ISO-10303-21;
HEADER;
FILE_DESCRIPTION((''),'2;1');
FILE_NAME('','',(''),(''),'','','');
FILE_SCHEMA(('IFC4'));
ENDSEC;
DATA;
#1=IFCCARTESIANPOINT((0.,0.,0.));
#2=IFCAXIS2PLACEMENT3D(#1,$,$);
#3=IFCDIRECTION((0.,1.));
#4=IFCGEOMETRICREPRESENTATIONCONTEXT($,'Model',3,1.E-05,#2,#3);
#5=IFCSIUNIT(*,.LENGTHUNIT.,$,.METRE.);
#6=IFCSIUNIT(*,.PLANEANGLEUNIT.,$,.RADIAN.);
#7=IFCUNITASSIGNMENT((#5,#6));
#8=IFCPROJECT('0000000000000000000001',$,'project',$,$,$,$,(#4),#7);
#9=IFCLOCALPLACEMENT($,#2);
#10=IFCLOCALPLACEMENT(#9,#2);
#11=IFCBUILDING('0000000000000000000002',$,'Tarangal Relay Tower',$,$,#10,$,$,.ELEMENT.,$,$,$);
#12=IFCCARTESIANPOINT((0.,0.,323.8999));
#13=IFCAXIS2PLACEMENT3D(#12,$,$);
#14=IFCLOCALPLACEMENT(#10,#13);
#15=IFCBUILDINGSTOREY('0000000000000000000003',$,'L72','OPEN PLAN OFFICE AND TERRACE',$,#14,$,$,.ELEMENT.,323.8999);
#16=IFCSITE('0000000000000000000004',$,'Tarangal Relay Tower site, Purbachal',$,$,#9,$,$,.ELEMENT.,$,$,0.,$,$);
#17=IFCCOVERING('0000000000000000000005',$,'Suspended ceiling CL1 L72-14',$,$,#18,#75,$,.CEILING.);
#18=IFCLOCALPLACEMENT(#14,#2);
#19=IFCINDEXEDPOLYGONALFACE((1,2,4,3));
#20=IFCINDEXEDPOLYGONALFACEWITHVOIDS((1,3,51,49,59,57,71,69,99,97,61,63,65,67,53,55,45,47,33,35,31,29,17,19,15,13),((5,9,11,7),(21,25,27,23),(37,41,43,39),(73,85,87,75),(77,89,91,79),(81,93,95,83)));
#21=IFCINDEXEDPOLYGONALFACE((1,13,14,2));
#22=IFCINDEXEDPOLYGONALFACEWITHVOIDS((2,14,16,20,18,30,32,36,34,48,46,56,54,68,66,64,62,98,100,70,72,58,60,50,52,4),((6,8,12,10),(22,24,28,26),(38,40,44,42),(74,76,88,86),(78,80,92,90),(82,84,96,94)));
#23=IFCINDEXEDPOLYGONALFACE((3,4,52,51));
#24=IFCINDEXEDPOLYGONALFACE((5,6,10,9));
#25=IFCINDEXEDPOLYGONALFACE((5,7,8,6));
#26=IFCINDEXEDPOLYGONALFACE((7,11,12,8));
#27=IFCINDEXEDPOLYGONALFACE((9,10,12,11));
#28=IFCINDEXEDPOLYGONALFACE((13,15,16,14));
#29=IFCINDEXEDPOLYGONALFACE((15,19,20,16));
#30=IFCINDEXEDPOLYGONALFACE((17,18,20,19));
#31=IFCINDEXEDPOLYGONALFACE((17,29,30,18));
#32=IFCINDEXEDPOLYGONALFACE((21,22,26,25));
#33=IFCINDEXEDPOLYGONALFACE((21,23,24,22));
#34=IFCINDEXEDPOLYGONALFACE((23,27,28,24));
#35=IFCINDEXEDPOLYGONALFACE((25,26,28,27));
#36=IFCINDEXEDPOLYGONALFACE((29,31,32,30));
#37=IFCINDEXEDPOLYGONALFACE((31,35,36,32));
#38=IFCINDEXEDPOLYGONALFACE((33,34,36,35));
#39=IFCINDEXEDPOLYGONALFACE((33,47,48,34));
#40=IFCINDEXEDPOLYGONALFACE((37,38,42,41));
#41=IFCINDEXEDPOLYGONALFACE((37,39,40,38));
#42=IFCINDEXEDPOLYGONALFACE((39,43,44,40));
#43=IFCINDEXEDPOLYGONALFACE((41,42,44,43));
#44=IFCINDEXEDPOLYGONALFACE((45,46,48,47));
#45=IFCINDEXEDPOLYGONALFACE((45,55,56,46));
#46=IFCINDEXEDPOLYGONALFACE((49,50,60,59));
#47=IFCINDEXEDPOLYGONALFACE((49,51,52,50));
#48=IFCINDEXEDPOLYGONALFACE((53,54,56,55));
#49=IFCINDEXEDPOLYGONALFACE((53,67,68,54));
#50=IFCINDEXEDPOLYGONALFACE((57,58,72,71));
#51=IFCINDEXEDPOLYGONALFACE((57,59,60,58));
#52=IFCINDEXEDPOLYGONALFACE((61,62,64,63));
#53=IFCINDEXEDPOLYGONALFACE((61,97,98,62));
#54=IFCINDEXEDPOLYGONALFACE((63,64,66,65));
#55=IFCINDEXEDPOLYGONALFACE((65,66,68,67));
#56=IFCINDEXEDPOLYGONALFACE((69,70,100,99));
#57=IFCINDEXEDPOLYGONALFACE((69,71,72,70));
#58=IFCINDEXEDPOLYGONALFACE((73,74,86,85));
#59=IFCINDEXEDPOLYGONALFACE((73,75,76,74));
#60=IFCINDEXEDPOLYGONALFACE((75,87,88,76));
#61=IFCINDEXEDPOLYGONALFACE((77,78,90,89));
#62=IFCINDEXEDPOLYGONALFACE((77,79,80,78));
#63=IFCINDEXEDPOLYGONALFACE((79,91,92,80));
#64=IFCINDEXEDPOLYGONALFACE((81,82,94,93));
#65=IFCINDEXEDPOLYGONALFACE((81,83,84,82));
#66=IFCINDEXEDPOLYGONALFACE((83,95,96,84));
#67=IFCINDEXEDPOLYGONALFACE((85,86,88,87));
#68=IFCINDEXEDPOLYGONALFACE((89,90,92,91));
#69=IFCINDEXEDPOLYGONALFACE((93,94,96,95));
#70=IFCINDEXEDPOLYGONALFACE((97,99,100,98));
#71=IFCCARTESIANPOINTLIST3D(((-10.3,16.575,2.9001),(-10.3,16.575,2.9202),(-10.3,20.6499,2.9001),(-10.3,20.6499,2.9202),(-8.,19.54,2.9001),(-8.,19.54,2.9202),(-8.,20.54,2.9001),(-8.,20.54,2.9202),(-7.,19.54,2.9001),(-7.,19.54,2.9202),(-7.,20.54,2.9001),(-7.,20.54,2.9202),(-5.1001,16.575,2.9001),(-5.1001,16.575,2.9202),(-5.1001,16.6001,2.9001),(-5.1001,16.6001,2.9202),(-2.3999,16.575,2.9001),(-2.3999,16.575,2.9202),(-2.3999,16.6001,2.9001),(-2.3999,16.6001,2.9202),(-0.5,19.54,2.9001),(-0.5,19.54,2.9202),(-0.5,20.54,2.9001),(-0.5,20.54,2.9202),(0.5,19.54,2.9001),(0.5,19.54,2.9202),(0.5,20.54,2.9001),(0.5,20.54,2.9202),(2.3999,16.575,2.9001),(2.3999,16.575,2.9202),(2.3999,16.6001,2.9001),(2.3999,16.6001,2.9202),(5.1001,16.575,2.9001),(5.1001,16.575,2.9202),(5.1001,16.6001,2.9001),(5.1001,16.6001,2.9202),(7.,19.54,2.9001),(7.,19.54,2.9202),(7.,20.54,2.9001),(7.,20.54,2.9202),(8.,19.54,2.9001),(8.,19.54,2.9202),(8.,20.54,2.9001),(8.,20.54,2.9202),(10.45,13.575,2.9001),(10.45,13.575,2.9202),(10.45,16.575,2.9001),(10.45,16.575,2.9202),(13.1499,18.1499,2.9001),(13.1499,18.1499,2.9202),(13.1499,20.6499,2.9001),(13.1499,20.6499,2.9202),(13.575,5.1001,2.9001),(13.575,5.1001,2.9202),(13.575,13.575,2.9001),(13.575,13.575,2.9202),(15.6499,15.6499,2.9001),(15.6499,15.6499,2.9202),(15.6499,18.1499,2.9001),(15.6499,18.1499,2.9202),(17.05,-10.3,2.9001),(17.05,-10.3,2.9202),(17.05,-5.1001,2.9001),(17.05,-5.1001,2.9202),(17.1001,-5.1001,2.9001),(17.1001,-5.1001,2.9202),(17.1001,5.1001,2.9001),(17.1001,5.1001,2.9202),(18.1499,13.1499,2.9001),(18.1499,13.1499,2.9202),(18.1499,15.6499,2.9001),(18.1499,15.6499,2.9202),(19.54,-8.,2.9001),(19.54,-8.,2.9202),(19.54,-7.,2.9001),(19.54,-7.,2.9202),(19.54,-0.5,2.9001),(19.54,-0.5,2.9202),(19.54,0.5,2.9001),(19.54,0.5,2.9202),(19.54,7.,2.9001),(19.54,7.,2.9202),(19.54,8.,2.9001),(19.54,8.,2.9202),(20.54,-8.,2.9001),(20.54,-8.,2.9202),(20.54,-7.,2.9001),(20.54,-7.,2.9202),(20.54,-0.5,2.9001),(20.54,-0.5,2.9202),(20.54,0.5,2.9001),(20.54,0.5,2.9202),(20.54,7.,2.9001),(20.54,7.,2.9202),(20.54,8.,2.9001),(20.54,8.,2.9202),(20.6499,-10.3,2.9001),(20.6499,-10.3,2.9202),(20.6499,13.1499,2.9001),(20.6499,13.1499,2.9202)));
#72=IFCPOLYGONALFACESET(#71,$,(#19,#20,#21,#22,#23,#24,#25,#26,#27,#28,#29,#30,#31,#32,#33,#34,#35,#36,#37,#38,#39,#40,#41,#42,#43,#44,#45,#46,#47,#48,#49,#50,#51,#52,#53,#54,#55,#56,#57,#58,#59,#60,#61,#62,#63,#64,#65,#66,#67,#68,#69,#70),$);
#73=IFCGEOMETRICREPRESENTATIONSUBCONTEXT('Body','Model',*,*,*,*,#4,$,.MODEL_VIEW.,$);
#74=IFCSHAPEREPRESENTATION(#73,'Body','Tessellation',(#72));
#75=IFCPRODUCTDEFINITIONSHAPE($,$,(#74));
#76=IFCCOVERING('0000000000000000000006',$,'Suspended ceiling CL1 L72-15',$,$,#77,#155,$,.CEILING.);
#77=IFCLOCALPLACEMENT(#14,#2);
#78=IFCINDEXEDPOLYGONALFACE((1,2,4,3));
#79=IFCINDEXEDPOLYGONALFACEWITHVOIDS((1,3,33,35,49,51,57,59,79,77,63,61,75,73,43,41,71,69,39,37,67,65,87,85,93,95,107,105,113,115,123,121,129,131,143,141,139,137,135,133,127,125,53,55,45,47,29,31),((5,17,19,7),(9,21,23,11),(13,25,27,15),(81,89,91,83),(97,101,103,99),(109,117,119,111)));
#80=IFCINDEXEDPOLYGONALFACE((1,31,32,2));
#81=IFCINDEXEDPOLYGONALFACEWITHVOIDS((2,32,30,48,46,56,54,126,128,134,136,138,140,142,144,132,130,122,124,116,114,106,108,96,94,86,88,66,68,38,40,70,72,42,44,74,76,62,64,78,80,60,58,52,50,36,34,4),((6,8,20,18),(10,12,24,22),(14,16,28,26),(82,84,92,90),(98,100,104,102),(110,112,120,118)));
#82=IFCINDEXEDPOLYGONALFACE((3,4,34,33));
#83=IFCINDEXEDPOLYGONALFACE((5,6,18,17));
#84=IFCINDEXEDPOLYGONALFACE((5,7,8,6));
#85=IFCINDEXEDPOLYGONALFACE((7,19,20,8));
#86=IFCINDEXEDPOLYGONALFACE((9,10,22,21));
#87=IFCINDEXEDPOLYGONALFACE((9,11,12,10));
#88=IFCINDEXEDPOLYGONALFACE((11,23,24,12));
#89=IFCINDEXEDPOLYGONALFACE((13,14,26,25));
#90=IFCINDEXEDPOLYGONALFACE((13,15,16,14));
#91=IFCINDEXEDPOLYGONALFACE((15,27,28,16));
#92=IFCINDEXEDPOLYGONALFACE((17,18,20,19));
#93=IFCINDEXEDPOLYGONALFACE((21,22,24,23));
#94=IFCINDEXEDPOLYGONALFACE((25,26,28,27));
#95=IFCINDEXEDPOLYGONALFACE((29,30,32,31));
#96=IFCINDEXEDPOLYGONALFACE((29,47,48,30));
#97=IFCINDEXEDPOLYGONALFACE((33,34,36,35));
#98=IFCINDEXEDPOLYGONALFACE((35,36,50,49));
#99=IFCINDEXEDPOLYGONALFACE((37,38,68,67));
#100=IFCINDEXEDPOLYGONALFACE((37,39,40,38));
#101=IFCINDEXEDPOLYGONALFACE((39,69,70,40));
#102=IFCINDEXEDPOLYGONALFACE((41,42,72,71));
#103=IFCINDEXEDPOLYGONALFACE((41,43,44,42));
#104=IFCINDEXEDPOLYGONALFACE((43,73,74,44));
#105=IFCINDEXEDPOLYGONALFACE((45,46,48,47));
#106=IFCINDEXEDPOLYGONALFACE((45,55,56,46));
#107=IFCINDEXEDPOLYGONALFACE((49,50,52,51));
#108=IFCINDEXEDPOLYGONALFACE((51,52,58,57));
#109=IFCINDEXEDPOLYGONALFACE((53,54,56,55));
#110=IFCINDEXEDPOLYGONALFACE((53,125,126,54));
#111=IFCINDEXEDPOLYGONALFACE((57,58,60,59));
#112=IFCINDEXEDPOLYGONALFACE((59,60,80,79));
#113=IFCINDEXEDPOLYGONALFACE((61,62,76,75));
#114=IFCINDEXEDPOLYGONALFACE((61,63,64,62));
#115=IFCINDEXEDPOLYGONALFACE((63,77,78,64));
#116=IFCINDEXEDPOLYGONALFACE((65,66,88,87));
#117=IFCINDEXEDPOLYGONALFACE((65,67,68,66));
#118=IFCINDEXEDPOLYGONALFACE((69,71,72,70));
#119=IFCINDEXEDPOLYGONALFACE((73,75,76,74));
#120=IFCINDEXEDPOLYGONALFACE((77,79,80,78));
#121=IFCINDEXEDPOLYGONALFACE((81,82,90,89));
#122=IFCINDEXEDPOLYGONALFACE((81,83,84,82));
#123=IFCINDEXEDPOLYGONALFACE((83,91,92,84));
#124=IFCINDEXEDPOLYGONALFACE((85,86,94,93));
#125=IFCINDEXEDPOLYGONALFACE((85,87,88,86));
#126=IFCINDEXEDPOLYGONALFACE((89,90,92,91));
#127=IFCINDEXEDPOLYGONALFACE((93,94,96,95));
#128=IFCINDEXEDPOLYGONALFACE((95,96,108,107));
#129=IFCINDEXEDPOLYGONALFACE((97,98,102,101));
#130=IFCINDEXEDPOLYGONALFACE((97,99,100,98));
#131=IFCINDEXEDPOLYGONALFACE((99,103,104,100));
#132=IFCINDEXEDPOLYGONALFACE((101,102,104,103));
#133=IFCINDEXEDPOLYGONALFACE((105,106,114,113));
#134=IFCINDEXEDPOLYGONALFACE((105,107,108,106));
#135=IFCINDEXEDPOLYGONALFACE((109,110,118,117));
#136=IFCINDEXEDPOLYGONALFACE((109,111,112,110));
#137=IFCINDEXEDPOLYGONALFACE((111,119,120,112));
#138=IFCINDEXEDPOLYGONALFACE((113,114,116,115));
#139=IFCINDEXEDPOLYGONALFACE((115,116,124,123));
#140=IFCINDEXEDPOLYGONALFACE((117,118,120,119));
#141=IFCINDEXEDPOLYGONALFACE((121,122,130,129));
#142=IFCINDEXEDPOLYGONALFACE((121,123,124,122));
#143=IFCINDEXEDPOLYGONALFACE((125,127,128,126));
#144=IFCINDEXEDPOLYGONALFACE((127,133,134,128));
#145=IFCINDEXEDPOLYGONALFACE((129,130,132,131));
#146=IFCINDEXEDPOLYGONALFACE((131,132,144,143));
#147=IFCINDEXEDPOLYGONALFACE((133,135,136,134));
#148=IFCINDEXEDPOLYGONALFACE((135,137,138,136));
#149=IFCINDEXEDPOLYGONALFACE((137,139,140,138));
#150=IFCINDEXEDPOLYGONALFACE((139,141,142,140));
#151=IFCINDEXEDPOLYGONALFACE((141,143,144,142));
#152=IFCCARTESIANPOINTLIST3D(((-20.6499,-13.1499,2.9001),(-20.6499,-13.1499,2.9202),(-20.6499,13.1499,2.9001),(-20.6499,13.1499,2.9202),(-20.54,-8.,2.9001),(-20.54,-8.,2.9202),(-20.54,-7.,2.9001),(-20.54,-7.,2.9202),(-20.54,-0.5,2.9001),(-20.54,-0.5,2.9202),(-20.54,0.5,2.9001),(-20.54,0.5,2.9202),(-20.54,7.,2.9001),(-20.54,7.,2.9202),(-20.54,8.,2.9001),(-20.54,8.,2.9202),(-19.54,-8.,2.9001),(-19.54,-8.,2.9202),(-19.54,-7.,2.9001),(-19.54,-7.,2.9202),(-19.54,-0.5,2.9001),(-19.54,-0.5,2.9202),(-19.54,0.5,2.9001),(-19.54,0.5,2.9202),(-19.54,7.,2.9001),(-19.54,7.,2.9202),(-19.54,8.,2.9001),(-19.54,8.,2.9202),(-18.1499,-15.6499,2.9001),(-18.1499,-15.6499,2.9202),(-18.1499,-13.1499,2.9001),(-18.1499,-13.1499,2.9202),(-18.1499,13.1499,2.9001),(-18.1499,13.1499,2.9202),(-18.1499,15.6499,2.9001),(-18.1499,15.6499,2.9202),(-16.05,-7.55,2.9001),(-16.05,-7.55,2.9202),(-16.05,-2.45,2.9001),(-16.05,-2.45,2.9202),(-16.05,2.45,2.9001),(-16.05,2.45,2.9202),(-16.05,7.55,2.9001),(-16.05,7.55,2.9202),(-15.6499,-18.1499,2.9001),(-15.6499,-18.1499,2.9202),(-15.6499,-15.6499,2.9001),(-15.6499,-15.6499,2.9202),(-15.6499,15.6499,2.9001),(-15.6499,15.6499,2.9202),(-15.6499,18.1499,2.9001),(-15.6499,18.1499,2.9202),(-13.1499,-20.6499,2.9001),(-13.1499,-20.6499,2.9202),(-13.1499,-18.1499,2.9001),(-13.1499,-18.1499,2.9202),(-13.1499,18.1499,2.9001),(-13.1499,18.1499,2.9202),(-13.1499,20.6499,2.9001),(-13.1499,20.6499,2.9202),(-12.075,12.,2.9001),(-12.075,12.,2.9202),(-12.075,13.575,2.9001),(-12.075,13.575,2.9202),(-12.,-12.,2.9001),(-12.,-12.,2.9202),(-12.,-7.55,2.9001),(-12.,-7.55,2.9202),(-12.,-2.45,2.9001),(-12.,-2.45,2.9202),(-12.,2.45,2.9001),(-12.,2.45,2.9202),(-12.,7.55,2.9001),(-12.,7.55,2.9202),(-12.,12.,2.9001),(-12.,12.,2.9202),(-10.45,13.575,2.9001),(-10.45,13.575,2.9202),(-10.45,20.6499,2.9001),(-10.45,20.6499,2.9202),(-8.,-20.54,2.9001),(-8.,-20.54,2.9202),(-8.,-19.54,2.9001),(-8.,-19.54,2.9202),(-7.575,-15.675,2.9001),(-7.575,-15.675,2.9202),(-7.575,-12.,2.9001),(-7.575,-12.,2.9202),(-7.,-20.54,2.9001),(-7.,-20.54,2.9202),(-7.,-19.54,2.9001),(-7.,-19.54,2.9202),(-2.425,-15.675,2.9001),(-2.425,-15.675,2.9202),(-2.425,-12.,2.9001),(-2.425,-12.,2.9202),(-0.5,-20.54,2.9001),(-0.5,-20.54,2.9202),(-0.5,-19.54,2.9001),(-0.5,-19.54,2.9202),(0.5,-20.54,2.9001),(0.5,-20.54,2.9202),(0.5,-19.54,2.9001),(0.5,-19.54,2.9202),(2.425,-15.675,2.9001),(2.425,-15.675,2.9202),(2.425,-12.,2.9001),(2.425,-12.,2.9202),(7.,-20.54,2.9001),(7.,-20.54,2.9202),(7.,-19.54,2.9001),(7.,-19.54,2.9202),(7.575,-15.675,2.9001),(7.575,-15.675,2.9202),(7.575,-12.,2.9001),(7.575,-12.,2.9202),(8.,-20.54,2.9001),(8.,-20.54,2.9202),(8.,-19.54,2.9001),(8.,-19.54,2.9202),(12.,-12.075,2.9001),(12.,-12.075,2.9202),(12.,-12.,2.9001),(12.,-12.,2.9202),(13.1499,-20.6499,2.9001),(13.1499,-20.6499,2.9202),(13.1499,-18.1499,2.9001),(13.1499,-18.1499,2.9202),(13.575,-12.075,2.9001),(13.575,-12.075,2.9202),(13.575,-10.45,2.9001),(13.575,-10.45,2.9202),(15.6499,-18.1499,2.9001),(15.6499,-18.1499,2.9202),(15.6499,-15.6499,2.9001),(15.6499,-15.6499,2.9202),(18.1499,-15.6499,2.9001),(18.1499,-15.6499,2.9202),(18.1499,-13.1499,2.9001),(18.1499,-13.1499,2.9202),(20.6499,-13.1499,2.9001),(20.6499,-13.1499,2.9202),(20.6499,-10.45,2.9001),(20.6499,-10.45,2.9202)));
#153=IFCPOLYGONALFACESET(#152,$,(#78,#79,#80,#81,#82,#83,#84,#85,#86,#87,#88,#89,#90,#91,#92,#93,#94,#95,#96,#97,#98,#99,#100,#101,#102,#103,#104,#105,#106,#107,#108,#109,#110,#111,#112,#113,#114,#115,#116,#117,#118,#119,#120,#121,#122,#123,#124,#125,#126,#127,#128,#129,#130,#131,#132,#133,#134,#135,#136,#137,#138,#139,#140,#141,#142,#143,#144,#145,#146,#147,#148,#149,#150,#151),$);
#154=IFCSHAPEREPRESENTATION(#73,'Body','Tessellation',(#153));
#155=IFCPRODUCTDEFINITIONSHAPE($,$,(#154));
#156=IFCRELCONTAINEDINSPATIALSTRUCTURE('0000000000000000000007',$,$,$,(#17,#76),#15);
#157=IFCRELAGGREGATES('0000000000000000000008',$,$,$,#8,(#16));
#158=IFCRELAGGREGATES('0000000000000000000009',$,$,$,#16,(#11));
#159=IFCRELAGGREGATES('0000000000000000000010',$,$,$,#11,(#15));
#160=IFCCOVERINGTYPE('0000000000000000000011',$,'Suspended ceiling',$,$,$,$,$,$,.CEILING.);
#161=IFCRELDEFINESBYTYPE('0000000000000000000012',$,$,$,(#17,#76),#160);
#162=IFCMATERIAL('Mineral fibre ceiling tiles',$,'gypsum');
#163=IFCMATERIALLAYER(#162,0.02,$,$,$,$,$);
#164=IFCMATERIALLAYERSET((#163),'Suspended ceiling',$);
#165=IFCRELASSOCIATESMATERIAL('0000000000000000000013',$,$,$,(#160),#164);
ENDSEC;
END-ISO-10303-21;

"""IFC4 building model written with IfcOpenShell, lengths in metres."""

from ifc_helpers import new_model, si_unit, direction, frame, origin, place, context, subcontext, project, spatial, polyline, outline, extrude, material, layer, layer_set, type_object, element, save


model = new_model("IFC4")

# Units and contexts
model_context = context("Model", 3, precision=1e-05, world=origin(), true_north=direction((0.0, 1.0)))
body_context = subcontext(model_context, "Body", "Model", "MODEL_VIEW")
ifc_project = project(units=[si_unit("LENGTHUNIT", "METRE"), si_unit("PLANEANGLEUNIT", "RADIAN")], contexts=[model_context])

# Site, building, storey
site_placement = place(None, origin())
site = spatial("IfcSite", under=ifc_project, at=site_placement, Name="Tarangal Relay Tower site, Purbachal", CompositionType="ELEMENT", RefElevation=0.0)
building_placement = place(site_placement, origin())
building = spatial("IfcBuilding", under=site, at=building_placement, Name="Tarangal Relay Tower", CompositionType="ELEMENT")
storey_placement = place(building_placement, frame((0.0, 0.0, 323.8999)))
storey = spatial("IfcBuildingStorey", under=building, at=storey_placement, Name="L72", Description="OPEN PLAN OFFICE AND TERRACE", CompositionType="ELEMENT", Elevation=323.8999)

# Coverings
ifc_material_1 = material(Name="Mineral fibre ceiling tiles", Category="gypsum")
ifc_layer_1 = layer(ifc_material_1, 0.02)
ifc_layer_set_1 = layer_set([ifc_layer_1], Name="Suspended ceiling")
covering_type = type_object("IfcCoveringType", Name="Suspended ceiling", PredefinedType="CEILING", material=ifc_layer_set_1)
covering_1_placement = place(storey_placement, frame((0.0, 0.0, 2.9001)))
element("IfcCovering", 1, at=covering_1_placement, inside=storey, type_object=covering_type, Name="Suspended ceiling CL1 L72-14", PredefinedType="CEILING", context=body_context, shape_type="SweptSolid", body=[
    extrude(outline(polyline([(13.1499, 20.6499), (-10.3, 20.6499), (-10.3, 16.575), (-5.1001, 16.575), (-5.1001, 16.6001), (-2.3999, 16.6001), (-2.3999, 16.575), (2.3999, 16.575), (2.3999, 16.6001), (5.1001, 16.6001), (5.1001, 16.575), (10.45, 16.575), (10.45, 13.575), (13.575, 13.575), (13.575, 5.1001), (17.1001, 5.1001), (17.1001, -5.1001), (17.05, -5.1001), (17.05, -10.3), (20.6499, -10.3), (20.6499, 13.1499), (18.1499, 13.1499), (18.1499, 15.6499), (15.6499, 15.6499), (15.6499, 18.1499), (13.1499, 18.1499), (13.1499, 20.6499)]), holes=[polyline([(19.54, -8.0), (20.54, -8.0), (20.54, -7.0), (19.54, -7.0), (19.54, -8.0)]), polyline([(19.54, 0.5), (19.54, -0.5), (20.54, -0.5), (20.54, 0.5), (19.54, 0.5)]), polyline([(19.54, 8.0), (19.54, 7.0), (20.54, 7.0), (20.54, 8.0), (19.54, 8.0)]), polyline([(-8.0, 19.54), (-7.0, 19.54), (-7.0, 20.54), (-8.0, 20.54), (-8.0, 19.54)]), polyline([(-0.5, 20.54), (-0.5, 19.54), (0.5, 19.54), (0.5, 20.54), (-0.5, 20.54)]), polyline([(7.0, 20.54), (7.0, 19.54), (8.0, 19.54), (8.0, 20.54), (7.0, 20.54)])]), origin(), (0.0, 0.0, 1.0), 0.02),
])
covering_2_placement = place(storey_placement, frame((0.0, 0.0, 2.9001)))
element("IfcCovering", 2, at=covering_2_placement, inside=storey, type_object=covering_type, Name="Suspended ceiling CL1 L72-15", PredefinedType="CEILING", context=body_context, shape_type="SweptSolid", body=[
    extrude(outline(polyline([(-12.0, 2.45), (-16.05, 2.45), (-16.05, 7.55), (-12.0, 7.55), (-12.0, 12.0), (-12.075, 12.0), (-12.075, 13.575), (-10.45, 13.575), (-10.45, 20.6499), (-13.1499, 20.6499), (-13.1499, 18.1499), (-15.6499, 18.1499), (-15.6499, 15.6499), (-18.1499, 15.6499), (-18.1499, 13.1499), (-20.6499, 13.1499), (-20.6499, -13.1499), (-18.1499, -13.1499), (-18.1499, -15.6499), (-15.6499, -15.6499), (-15.6499, -18.1499), (-13.1499, -18.1499), (-13.1499, -20.6499), (13.1499, -20.6499), (13.1499, -18.1499), (15.6499, -18.1499), (15.6499, -15.6499), (18.1499, -15.6499), (18.1499, -13.1499), (20.6499, -13.1499), (20.6499, -10.45), (13.575, -10.45), (13.575, -12.075), (12.0, -12.075), (12.0, -12.0), (7.575, -12.0), (7.575, -15.675), (2.425, -15.675), (2.425, -12.0), (-2.425, -12.0), (-2.425, -15.675), (-7.575, -15.675), (-7.575, -12.0), (-12.0, -12.0), (-12.0, -7.55), (-16.05, -7.55), (-16.05, -2.45), (-12.0, -2.45), (-12.0, 2.45)]), holes=[polyline([(-8.0, -20.54), (-7.0, -20.54), (-7.0, -19.54), (-8.0, -19.54), (-8.0, -20.54)]), polyline([(-0.5, -19.54), (-0.5, -20.54), (0.5, -20.54), (0.5, -19.54), (-0.5, -19.54)]), polyline([(7.0, -19.54), (7.0, -20.54), (8.0, -20.54), (8.0, -19.54), (7.0, -19.54)]), polyline([(-20.54, -8.0), (-19.54, -8.0), (-19.54, -7.0), (-20.54, -7.0), (-20.54, -8.0)]), polyline([(-20.54, 0.5), (-20.54, -0.5), (-19.54, -0.5), (-19.54, 0.5), (-20.54, 0.5)]), polyline([(-20.54, 8.0), (-20.54, 7.0), (-19.54, 7.0), (-19.54, 8.0), (-20.54, 8.0)])]), origin(), (0.0, 0.0, 1.0), 0.02),
])

save(model, "model.ifc")
